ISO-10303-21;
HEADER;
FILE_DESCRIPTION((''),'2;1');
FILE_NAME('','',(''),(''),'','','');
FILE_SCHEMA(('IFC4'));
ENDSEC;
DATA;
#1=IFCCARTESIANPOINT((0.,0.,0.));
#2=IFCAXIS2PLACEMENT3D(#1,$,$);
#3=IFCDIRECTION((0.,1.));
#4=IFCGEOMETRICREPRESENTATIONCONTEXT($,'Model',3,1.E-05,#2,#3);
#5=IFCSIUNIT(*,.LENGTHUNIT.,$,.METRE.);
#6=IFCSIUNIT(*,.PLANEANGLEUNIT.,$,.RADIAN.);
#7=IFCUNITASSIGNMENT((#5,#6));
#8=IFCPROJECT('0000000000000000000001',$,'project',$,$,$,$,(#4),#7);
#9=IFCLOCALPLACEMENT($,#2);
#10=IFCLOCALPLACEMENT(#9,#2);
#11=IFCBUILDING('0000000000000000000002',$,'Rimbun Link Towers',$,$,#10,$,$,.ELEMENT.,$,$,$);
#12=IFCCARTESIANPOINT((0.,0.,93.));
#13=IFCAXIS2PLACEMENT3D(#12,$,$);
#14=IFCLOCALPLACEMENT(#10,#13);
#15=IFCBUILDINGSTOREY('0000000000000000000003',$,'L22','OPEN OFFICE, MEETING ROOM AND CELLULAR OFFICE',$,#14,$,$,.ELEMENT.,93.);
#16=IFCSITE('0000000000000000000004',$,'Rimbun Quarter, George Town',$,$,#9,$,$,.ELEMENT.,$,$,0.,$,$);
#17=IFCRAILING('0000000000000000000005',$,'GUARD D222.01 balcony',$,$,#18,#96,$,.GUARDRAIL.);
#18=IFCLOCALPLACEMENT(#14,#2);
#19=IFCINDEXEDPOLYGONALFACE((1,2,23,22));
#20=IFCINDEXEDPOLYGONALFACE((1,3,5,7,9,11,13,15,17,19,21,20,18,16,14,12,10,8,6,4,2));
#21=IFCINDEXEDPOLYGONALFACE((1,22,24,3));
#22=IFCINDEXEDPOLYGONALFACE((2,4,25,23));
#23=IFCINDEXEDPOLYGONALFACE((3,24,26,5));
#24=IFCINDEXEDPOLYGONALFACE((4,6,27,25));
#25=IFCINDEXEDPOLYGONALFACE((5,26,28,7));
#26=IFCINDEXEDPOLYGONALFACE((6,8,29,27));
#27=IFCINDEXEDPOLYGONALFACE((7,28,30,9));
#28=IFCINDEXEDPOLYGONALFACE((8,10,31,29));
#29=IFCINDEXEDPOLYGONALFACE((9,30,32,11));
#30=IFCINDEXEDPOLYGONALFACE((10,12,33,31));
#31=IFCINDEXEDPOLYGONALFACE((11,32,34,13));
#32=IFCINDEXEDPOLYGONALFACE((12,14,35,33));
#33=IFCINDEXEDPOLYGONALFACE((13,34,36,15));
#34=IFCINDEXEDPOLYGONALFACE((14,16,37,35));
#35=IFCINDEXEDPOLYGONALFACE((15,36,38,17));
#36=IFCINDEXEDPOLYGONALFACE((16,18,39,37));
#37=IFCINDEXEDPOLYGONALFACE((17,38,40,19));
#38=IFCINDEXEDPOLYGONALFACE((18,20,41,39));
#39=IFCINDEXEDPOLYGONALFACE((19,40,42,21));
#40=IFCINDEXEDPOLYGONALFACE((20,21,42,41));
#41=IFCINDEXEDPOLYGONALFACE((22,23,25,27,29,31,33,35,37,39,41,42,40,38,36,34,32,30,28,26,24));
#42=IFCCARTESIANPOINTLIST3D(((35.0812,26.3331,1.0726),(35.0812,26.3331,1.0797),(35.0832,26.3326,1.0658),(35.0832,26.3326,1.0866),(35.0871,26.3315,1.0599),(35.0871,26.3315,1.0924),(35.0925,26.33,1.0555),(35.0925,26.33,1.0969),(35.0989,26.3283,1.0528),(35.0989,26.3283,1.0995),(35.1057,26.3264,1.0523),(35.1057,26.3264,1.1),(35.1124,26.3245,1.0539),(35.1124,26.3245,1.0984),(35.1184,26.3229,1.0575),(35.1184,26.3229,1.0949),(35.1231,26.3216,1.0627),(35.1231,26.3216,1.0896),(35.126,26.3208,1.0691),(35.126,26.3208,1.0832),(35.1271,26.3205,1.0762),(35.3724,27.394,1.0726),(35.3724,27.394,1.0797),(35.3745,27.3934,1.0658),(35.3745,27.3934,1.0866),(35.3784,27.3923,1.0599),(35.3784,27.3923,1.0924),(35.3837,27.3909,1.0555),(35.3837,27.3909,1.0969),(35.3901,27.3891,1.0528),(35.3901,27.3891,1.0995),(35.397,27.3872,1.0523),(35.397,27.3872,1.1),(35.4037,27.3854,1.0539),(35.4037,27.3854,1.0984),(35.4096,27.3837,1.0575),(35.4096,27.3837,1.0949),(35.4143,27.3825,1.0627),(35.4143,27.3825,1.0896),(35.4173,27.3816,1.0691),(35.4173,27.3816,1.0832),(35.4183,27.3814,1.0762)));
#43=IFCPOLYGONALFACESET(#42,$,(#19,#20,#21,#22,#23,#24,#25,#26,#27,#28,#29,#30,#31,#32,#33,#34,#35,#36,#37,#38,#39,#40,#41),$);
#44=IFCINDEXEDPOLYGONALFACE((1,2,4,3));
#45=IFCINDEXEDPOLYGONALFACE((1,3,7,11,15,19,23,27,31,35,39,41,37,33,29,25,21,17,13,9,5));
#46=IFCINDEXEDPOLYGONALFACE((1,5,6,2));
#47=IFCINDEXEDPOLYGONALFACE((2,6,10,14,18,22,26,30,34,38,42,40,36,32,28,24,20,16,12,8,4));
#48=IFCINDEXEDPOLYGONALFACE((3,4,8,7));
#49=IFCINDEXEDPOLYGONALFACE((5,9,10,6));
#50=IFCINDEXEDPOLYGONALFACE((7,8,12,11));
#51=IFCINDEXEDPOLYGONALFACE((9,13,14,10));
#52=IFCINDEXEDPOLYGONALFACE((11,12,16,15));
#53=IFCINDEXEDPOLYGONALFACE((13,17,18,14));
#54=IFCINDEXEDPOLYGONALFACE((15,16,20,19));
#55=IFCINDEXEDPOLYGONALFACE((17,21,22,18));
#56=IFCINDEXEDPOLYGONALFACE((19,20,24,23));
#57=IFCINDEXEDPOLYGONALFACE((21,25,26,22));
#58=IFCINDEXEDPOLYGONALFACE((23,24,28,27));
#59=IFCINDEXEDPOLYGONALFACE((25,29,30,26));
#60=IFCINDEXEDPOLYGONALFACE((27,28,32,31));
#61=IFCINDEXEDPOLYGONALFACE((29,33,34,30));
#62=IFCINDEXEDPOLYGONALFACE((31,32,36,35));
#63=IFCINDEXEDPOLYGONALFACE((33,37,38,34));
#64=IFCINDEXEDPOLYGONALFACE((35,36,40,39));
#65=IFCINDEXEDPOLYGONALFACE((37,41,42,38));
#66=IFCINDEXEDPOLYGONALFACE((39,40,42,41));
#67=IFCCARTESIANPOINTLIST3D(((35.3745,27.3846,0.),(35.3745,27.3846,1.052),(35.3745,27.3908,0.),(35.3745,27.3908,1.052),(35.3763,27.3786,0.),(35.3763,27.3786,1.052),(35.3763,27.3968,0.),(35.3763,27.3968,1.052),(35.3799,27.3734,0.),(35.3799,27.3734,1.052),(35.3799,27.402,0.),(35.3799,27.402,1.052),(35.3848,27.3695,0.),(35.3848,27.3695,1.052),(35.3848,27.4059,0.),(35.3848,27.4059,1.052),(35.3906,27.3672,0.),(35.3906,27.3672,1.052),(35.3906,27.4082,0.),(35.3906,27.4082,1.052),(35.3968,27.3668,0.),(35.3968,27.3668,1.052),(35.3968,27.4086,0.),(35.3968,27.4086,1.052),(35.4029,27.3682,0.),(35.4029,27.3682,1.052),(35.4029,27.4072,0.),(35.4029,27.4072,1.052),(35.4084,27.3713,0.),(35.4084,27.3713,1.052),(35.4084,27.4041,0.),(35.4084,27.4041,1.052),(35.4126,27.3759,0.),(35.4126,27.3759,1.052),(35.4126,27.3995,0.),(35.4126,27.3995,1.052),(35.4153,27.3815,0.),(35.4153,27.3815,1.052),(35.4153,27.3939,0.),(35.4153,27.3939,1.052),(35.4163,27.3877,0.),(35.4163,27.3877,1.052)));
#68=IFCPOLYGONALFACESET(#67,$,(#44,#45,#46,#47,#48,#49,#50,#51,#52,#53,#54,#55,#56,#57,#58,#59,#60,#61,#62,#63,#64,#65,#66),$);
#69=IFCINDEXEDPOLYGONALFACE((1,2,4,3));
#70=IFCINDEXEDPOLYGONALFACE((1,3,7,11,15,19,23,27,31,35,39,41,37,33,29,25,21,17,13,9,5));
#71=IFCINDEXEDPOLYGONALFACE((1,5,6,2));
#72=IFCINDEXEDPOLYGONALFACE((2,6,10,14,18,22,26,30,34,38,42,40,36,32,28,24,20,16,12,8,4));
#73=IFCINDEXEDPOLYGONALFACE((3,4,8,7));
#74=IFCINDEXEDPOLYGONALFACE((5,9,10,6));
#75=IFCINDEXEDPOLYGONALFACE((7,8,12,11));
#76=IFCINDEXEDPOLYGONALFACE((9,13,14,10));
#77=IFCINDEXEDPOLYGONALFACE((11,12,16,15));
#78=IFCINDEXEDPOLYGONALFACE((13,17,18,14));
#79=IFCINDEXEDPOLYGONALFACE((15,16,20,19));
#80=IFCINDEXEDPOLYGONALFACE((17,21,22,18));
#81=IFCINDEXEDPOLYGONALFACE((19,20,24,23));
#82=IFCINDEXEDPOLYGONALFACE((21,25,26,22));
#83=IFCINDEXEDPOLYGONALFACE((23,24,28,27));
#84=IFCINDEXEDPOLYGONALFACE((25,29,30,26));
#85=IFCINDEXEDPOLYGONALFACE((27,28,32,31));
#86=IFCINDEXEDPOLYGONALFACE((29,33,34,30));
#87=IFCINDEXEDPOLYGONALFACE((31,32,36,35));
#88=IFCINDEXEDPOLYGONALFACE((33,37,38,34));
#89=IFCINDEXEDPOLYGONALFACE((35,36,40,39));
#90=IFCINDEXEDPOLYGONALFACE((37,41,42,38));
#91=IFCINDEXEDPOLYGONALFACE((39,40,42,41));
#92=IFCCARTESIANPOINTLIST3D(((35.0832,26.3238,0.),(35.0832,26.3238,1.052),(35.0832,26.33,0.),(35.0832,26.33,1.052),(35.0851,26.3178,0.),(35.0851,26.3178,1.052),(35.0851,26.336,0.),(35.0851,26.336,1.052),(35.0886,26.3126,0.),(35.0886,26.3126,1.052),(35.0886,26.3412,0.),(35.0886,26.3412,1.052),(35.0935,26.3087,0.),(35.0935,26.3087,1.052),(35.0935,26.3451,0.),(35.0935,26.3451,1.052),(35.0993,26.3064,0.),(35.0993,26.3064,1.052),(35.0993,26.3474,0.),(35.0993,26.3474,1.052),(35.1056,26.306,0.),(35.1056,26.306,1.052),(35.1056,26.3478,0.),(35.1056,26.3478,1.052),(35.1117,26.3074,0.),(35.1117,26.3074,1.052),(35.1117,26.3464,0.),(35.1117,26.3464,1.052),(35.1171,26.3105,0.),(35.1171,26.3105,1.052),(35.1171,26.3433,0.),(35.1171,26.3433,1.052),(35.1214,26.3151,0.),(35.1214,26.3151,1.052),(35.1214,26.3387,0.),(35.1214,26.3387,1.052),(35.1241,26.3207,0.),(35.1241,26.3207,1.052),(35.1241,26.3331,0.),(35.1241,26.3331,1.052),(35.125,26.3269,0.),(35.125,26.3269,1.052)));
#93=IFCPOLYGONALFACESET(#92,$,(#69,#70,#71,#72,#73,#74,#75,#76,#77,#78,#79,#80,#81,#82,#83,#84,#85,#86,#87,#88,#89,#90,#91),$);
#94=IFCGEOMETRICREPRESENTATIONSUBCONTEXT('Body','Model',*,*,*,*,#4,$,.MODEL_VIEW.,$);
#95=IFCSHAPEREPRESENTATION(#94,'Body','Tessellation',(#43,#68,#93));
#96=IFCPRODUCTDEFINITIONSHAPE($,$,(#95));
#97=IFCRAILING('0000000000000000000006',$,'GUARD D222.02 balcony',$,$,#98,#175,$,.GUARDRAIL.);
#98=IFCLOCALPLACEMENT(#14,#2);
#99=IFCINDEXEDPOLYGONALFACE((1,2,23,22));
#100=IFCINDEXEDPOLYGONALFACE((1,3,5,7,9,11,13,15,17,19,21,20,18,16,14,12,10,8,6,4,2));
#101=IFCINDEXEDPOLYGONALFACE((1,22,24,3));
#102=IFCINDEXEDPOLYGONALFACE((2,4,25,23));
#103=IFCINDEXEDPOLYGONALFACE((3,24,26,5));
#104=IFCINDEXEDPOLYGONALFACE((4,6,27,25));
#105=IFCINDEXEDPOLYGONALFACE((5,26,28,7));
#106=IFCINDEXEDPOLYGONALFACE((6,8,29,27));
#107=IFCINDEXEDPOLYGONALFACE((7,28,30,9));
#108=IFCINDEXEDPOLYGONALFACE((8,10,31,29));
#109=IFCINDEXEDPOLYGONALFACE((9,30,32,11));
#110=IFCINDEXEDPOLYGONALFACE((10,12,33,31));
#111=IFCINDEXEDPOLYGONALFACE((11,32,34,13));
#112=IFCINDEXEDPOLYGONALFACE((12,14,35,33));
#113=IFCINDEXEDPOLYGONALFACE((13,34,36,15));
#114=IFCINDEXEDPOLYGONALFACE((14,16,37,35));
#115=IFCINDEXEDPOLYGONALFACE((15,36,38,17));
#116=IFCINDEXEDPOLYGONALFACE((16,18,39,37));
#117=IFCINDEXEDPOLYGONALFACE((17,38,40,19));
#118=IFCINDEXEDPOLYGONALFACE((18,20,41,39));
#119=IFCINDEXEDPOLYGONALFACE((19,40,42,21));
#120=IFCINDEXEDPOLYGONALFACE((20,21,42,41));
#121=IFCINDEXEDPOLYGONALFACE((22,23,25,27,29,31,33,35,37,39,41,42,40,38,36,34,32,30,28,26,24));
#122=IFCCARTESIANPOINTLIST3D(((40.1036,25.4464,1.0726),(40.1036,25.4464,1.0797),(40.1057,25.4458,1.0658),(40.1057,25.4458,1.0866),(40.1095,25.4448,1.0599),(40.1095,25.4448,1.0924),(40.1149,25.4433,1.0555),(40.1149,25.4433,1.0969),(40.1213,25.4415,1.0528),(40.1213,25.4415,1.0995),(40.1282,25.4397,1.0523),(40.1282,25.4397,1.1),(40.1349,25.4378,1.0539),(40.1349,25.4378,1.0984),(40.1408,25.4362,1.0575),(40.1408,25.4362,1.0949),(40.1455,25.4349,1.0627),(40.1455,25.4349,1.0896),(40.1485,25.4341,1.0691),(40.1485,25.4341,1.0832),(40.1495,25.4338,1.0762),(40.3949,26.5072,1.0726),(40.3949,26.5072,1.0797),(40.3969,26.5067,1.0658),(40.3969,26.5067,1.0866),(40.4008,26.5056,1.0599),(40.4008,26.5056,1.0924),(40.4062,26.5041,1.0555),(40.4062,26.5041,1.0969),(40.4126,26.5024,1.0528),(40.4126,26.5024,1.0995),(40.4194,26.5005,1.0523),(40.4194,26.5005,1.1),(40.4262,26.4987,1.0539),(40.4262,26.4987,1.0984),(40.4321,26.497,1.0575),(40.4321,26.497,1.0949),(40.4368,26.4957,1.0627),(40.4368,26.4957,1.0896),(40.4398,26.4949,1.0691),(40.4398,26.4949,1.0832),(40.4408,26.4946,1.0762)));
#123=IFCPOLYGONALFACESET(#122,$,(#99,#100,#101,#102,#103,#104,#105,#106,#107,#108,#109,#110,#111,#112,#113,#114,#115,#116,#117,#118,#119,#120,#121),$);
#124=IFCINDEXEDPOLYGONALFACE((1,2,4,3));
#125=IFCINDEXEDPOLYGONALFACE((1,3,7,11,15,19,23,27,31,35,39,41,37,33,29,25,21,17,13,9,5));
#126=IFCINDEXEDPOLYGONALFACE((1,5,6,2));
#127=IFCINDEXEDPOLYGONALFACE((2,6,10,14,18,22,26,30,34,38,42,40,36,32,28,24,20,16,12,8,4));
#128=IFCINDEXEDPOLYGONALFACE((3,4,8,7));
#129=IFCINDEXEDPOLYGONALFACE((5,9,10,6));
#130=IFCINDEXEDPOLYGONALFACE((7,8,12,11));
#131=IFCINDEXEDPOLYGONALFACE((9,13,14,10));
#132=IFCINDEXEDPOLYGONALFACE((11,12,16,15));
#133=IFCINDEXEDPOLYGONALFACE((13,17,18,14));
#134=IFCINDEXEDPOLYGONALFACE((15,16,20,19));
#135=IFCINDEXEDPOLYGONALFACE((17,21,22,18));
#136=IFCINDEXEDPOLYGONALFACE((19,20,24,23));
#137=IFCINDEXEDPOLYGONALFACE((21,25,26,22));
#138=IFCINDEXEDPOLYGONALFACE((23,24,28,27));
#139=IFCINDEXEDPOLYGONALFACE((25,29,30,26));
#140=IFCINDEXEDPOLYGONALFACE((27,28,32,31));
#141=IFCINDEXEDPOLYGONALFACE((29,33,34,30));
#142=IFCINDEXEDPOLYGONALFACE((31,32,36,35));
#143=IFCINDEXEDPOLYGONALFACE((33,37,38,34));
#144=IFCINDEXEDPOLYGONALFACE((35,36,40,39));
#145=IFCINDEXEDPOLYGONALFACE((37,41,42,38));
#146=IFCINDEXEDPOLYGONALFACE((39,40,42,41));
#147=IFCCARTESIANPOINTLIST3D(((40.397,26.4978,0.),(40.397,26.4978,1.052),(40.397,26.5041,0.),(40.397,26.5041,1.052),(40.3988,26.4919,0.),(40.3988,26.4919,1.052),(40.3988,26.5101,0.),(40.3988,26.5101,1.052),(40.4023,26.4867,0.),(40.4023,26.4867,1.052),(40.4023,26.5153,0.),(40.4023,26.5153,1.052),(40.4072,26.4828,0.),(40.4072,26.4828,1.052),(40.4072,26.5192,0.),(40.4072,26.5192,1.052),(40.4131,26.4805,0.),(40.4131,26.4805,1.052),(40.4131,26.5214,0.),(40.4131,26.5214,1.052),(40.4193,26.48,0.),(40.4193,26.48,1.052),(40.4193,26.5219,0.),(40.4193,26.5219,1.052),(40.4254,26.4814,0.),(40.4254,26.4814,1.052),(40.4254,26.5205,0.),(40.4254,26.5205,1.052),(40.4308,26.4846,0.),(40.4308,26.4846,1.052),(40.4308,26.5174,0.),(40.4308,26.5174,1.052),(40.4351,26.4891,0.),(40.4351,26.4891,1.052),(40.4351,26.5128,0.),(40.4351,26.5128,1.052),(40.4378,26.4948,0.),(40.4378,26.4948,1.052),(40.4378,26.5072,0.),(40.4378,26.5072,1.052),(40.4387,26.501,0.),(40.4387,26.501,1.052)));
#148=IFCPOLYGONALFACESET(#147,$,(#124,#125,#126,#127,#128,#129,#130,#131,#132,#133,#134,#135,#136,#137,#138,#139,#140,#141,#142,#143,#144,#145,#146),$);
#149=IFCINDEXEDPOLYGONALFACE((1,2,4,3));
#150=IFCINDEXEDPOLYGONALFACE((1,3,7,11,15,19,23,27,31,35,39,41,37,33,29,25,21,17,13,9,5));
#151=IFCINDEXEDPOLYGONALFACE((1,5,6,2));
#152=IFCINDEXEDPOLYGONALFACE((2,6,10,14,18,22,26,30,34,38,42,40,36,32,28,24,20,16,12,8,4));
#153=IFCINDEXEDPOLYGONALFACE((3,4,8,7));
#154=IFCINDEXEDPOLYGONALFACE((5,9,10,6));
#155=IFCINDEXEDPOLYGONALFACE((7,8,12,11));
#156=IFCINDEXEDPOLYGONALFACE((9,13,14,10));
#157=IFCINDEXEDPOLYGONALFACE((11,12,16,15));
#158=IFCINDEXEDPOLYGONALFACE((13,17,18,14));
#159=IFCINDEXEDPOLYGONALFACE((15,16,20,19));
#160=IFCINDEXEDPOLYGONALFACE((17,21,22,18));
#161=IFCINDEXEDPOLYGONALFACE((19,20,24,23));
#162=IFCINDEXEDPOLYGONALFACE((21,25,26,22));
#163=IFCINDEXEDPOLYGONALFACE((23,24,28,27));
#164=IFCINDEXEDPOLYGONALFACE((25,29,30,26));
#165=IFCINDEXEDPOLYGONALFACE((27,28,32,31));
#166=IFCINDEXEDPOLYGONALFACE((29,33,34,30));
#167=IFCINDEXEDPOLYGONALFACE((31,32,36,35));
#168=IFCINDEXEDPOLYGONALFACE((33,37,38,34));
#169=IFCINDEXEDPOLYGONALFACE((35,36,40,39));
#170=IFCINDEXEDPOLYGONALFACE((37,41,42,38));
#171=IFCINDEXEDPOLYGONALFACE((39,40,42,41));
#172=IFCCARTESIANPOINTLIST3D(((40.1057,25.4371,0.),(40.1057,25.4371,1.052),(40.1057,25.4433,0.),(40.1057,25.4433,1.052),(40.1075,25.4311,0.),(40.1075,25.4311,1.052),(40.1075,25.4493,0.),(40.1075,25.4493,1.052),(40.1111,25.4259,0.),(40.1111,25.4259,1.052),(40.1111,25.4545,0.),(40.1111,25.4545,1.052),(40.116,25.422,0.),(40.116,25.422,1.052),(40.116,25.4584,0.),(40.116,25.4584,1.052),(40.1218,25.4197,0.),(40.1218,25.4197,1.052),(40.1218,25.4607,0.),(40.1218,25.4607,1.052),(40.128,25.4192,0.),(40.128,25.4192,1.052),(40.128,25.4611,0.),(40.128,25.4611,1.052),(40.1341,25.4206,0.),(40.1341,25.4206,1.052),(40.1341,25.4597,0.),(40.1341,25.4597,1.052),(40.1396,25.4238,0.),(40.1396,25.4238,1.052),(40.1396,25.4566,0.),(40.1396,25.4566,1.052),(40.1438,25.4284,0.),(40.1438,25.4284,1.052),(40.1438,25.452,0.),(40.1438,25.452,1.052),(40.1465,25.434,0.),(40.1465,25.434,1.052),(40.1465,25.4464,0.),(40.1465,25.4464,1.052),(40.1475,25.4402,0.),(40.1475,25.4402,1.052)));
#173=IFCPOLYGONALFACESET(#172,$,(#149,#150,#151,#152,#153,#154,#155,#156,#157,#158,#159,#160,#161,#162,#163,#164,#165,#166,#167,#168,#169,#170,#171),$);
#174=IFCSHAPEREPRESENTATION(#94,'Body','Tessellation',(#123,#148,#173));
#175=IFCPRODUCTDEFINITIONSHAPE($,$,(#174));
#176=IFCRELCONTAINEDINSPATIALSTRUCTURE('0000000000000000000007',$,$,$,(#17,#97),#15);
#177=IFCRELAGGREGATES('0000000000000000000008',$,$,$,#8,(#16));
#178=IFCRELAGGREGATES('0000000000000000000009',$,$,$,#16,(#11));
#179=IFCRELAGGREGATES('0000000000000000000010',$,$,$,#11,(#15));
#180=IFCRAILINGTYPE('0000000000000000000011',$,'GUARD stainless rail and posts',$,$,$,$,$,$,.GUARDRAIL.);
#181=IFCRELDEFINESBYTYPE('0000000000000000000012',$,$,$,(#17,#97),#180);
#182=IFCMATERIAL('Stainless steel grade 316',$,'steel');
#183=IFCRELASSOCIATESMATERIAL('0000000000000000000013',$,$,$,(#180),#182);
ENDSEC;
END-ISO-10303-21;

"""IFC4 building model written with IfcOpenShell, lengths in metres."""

from ifc_helpers import new_model, si_unit, direction, frame, origin, origin_2d, place, context, subcontext, project, spatial, circle, extrude, material, type_object, element, save


model = new_model("IFC4")

# Units and contexts
model_context = context("Model", 3, precision=1e-05, world=origin(), true_north=direction((0.0, 1.0)))
body_context = subcontext(model_context, "Body", "Model", "MODEL_VIEW")
ifc_project = project(units=[si_unit("LENGTHUNIT", "METRE"), si_unit("PLANEANGLEUNIT", "RADIAN")], contexts=[model_context])

# Site, building, storey
site_placement = place(None, origin())
site = spatial("IfcSite", under=ifc_project, at=site_placement, Name="Rimbun Quarter, George Town", CompositionType="ELEMENT", RefElevation=0.0)
building_placement = place(site_placement, origin())
building = spatial("IfcBuilding", under=site, at=building_placement, Name="Rimbun Link Towers", CompositionType="ELEMENT")
storey_placement = place(building_placement, frame((0.0, 0.0, 93.0)))
storey = spatial("IfcBuildingStorey", under=building, at=storey_placement, Name="L22", Description="OPEN OFFICE, MEETING ROOM AND CELLULAR OFFICE", CompositionType="ELEMENT", Elevation=93.0)

# Railings
ifc_material_1 = material(Name="Stainless steel grade 316", Category="steel")
railing_type = type_object("IfcRailingType", Name="GUARD stainless rail and posts", PredefinedType="GUARDRAIL", material=ifc_material_1)
for number, where, name in (
    (1, (35.3953, 27.3877, 0.0), "GUARD D222.01 balcony"),
    (2, (40.4177, 26.501, 0.0), "GUARD D222.02 balcony"),
):
    element("IfcRailing", number, at=place(storey_placement, frame(where)), inside=storey, type_object=railing_type, Name=name, PredefinedType="GUARDRAIL", context=body_context, shape_type="SweptSolid", body=[
        extrude(circle(Radius=0.0239, at=origin_2d()), frame((0.0, 0.0, 1.0762), z_axis=(-0.26477, -0.964312, 0.0), x_axis=(0.964312, -0.26477, 0.0)), (0.0, 0.0, 1.0), 1.1001),
        extrude(circle(Radius=0.021, at=origin_2d()), origin(), (0.0, 0.0, 1.0), 1.052),
        extrude(circle(Radius=0.021, at=origin_2d()), frame((-0.2913, -1.0608, 0.0)), (0.0, 0.0, 1.0), 1.052),
    ])

save(model, "model.ifc")
